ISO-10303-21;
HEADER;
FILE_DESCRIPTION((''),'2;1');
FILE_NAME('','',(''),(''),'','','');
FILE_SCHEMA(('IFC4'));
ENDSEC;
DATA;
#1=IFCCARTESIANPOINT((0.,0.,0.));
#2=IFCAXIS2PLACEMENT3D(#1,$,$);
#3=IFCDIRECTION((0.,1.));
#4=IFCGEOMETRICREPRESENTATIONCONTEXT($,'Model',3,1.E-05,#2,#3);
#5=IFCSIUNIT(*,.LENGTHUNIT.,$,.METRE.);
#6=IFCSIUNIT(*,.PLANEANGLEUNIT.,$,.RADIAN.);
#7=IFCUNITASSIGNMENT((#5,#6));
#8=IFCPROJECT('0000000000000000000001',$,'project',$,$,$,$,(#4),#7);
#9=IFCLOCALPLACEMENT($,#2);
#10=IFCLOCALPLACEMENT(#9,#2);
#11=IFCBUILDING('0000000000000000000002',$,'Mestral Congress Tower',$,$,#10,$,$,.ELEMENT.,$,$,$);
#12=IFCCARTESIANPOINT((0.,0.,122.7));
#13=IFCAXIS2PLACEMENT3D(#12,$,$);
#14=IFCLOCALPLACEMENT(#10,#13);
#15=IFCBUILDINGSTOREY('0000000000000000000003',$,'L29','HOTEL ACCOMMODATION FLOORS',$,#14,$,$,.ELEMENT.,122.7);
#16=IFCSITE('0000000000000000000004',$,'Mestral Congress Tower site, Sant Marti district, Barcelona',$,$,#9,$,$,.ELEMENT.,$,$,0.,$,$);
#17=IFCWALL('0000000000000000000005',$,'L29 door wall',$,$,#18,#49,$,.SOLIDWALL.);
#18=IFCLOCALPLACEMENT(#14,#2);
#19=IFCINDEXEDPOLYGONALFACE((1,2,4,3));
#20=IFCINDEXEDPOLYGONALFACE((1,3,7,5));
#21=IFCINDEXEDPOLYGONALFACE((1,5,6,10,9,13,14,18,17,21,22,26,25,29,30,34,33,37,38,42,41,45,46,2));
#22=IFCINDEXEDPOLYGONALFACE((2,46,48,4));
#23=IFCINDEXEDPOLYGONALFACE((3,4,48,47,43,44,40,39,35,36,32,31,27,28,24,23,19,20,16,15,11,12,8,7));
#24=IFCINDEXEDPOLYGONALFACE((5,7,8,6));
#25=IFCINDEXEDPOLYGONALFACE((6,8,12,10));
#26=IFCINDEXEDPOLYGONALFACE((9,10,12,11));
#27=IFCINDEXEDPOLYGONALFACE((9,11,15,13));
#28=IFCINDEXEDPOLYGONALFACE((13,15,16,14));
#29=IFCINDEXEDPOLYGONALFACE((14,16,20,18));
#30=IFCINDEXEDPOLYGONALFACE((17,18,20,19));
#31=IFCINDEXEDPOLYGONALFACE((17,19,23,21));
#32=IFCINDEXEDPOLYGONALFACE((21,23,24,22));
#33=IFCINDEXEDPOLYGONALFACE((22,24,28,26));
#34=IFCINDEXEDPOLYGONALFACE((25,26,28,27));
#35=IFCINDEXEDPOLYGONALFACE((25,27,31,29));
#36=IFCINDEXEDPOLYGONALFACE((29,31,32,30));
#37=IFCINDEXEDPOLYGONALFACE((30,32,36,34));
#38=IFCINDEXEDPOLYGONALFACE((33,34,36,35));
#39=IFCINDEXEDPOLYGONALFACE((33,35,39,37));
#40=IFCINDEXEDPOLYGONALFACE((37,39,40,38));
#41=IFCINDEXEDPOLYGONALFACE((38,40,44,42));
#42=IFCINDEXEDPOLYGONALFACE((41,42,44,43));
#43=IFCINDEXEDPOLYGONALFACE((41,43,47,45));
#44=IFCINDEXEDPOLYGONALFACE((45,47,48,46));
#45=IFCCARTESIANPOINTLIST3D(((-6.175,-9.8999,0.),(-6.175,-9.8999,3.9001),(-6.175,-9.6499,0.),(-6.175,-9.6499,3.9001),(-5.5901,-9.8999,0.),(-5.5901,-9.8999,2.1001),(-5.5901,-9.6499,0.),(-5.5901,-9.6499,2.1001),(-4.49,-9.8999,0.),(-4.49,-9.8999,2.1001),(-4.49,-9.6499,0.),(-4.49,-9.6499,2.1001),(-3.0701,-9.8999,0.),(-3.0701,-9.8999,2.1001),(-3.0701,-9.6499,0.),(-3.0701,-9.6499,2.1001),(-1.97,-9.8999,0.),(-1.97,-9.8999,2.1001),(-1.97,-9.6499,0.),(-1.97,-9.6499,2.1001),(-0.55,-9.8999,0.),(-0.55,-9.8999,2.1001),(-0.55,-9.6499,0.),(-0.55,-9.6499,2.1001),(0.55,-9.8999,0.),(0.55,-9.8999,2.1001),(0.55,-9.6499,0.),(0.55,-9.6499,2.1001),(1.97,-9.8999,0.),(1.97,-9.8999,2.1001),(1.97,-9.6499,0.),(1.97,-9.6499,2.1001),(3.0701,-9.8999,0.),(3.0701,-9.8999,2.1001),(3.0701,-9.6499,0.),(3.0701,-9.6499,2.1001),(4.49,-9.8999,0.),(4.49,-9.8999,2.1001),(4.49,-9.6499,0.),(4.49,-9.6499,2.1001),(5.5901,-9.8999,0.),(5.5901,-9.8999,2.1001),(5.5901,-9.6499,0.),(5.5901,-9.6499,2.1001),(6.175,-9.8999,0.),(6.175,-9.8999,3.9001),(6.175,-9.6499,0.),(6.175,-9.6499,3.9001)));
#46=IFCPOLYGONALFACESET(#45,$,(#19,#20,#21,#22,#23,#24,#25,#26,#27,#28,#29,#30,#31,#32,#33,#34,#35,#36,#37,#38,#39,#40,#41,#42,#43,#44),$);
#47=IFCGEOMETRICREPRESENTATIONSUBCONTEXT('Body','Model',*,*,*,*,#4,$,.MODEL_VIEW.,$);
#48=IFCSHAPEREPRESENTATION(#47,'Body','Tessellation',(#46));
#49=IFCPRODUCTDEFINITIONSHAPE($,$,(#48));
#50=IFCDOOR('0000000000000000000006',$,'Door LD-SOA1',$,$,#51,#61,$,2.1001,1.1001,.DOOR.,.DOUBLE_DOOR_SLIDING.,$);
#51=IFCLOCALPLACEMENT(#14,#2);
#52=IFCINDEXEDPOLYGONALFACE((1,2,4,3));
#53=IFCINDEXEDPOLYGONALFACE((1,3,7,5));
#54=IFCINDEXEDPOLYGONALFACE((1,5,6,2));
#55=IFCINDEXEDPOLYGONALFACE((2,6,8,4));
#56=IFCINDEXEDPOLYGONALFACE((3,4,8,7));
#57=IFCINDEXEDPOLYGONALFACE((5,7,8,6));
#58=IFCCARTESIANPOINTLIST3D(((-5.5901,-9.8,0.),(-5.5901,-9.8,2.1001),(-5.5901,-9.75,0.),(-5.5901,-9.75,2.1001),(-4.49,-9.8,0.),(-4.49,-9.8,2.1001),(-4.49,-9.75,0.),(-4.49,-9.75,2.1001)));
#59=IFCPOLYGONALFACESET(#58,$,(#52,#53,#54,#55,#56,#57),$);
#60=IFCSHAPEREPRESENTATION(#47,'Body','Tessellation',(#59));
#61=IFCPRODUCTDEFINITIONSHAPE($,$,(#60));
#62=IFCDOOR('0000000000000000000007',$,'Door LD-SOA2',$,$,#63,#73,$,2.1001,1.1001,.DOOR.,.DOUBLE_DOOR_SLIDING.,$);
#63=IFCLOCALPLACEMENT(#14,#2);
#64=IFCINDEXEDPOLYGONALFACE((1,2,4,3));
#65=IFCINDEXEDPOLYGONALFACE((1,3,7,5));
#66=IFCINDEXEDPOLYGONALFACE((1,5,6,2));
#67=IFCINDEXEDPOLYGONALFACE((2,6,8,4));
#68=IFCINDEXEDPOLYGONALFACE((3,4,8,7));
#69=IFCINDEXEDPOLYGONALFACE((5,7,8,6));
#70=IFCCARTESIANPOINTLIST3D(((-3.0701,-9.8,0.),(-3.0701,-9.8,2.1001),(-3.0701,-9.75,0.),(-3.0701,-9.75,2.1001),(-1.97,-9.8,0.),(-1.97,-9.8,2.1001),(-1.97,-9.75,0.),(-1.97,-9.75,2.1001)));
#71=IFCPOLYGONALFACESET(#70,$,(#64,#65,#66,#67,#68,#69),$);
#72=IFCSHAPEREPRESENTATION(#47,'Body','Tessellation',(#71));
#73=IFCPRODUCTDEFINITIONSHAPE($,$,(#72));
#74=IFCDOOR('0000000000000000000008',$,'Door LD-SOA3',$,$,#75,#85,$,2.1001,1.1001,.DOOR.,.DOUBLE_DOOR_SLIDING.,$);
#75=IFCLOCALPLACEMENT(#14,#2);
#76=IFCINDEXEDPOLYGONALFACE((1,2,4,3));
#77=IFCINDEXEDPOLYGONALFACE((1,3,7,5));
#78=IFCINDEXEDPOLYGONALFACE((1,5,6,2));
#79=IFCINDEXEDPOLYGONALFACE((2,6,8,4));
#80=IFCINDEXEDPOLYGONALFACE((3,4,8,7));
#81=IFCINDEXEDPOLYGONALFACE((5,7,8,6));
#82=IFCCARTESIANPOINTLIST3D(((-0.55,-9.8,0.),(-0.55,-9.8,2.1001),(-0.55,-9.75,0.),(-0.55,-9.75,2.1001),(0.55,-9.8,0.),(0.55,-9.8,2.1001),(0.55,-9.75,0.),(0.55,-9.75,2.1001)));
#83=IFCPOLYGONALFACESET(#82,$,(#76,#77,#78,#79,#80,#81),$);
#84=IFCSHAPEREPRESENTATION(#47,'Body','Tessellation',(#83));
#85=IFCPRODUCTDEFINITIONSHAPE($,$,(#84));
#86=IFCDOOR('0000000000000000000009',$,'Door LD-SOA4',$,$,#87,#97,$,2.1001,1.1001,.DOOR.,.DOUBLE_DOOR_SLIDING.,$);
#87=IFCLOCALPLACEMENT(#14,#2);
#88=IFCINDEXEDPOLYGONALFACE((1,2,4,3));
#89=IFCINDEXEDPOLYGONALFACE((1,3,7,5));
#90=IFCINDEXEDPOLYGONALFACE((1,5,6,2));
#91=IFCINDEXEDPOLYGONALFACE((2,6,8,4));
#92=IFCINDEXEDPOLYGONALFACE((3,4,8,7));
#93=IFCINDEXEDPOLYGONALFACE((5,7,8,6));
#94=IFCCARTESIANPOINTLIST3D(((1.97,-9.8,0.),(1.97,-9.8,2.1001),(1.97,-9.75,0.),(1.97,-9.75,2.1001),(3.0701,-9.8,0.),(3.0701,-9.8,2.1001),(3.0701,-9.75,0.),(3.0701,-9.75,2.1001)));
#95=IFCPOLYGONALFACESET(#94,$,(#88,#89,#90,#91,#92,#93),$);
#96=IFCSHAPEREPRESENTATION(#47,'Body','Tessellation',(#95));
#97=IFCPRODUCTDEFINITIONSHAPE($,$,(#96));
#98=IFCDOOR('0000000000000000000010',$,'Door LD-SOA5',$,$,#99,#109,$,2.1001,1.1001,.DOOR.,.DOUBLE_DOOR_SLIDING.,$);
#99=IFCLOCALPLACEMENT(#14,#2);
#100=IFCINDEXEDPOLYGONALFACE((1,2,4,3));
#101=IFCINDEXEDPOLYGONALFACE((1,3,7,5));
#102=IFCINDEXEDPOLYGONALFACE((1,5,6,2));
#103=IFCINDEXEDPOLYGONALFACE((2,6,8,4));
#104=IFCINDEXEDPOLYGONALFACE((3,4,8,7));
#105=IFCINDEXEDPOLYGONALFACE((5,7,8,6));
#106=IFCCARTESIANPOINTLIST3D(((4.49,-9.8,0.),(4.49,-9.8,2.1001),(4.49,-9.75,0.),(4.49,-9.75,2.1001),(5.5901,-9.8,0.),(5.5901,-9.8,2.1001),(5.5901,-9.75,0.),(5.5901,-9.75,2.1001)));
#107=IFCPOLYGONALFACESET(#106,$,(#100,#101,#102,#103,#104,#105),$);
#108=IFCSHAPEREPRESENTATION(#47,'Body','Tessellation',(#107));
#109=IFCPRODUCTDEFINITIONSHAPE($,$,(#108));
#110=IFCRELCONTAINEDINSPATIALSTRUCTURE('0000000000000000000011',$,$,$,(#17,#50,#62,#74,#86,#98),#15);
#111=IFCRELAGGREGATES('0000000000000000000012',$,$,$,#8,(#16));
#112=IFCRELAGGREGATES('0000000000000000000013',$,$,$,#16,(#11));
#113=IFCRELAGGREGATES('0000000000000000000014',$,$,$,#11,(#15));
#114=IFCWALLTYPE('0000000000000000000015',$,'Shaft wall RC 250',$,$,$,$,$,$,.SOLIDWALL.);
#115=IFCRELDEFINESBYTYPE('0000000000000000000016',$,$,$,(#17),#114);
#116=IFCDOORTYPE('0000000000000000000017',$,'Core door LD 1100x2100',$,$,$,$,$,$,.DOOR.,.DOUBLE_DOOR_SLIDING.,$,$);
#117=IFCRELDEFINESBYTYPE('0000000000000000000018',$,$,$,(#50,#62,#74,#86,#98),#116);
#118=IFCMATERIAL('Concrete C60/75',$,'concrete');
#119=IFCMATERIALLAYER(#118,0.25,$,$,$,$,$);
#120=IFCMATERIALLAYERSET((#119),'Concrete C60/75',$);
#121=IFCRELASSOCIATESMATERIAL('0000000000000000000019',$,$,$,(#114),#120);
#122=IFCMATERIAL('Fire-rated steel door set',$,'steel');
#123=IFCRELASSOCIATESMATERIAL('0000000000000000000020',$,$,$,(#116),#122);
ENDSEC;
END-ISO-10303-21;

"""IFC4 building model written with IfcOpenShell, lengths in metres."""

from ifc_helpers import new_model, si_unit, direction, frame, frame_2d, origin, place, context, subcontext, project, spatial, rectangle, extrude, material, layer, layer_set, type_object, element, fill, save


model = new_model("IFC4")

# Units and contexts
model_context = context("Model", 3, precision=1e-05, world=origin(), true_north=direction((0.0, 1.0)))
body_context = subcontext(model_context, "Body", "Model", "MODEL_VIEW")
ifc_project = project(units=[si_unit("LENGTHUNIT", "METRE"), si_unit("PLANEANGLEUNIT", "RADIAN")], contexts=[model_context])

# Site, building, storey
site_placement = place(None, origin())
site = spatial("IfcSite", under=ifc_project, at=site_placement, Name="Mestral Congress Tower site, Sant Marti district, Barcelona", CompositionType="ELEMENT", RefElevation=0.0)
building_placement = place(site_placement, origin())
building = spatial("IfcBuilding", under=site, at=building_placement, Name="Mestral Congress Tower", CompositionType="ELEMENT")
storey_placement = place(building_placement, frame((0.0, 0.0, 122.7)))
storey = spatial("IfcBuildingStorey", under=building, at=storey_placement, Name="L29", Description="HOTEL ACCOMMODATION FLOORS", CompositionType="ELEMENT", Elevation=122.7)

# Shared definitions
ifc_material_1 = material(Name="Fire-rated steel door set", Category="steel")

# Shared definitions
ifc_material_2 = material(Name="Concrete C60/75", Category="concrete")
ifc_layer_1 = layer(ifc_material_2, 0.25)
ifc_layer_set_1 = layer_set([ifc_layer_1], Name="Concrete C60/75")
wall_type_1 = type_object("IfcWallType", Name="Shaft wall RC 250", PredefinedType="SOLIDWALL", material=ifc_layer_set_1)

# Wall, openings, doors
wall_1_placement = place(storey_placement, frame((-6.175, -9.7749, 0.0), z_axis=(0.0, 0.0, 1.0), x_axis=(1.0, 0.0, 0.0)))
wall_1 = element("IfcWall", 1, at=wall_1_placement, inside=storey, type_object=wall_type_1, Name="L29 door wall", PredefinedType="SOLIDWALL", context=body_context, shape_type="SweptSolid", body=[
    extrude(rectangle(XDim=12.3501, YDim=0.25, at=frame_2d((6.175, 0.0))), origin(), (0.0, 0.0, 1.0), 3.9001),
])
opening_1_placement = place(wall_1_placement, frame((0.585, 0.0, 0.0)))
opening_1 = element("IfcOpeningElement", 2, at=opening_1_placement, cuts=wall_1, PredefinedType="OPENING", context=body_context, shape_type="SweptSolid", body=[
    extrude(rectangle(XDim=1.1001, YDim=2.1001, at=frame_2d((0.55, 1.05))), frame((0.0, 0.135, 0.0), z_axis=(0.0, -1.0, 0.0), x_axis=(1.0, 0.0, 0.0)), (0.0, 0.0, 1.0), 0.27),
])
opening_2_placement = place(wall_1_placement, frame((3.105, 0.0, 0.0)))
opening_2 = element("IfcOpeningElement", 3, at=opening_2_placement, cuts=wall_1, PredefinedType="OPENING", context=body_context, shape_type="SweptSolid", body=[
    extrude(rectangle(XDim=1.1001, YDim=2.1001, at=frame_2d((0.55, 1.05))), frame((0.0, 0.135, 0.0), z_axis=(0.0, -1.0, 0.0), x_axis=(1.0, 0.0, 0.0)), (0.0, 0.0, 1.0), 0.27),
])
opening_3_placement = place(wall_1_placement, frame((5.625, 0.0, 0.0)))
opening_3 = element("IfcOpeningElement", 4, at=opening_3_placement, cuts=wall_1, PredefinedType="OPENING", context=body_context, shape_type="SweptSolid", body=[
    extrude(rectangle(XDim=1.1001, YDim=2.1001, at=frame_2d((0.55, 1.05))), frame((0.0, 0.135, 0.0), z_axis=(0.0, -1.0, 0.0), x_axis=(1.0, 0.0, 0.0)), (0.0, 0.0, 1.0), 0.27),
])
opening_4_placement = place(wall_1_placement, frame((8.145, 0.0, 0.0)))
opening_4 = element("IfcOpeningElement", 5, at=opening_4_placement, cuts=wall_1, PredefinedType="OPENING", context=body_context, shape_type="SweptSolid", body=[
    extrude(rectangle(XDim=1.1001, YDim=2.1001, at=frame_2d((0.55, 1.05))), frame((0.0, 0.135, 0.0), z_axis=(0.0, -1.0, 0.0), x_axis=(1.0, 0.0, 0.0)), (0.0, 0.0, 1.0), 0.27),
])
opening_5_placement = place(wall_1_placement, frame((10.665, 0.0, 0.0)))
opening_5 = element("IfcOpeningElement", 6, at=opening_5_placement, cuts=wall_1, PredefinedType="OPENING", context=body_context, shape_type="SweptSolid", body=[
    extrude(rectangle(XDim=1.1001, YDim=2.1001, at=frame_2d((0.55, 1.05))), frame((0.0, 0.135, 0.0), z_axis=(0.0, -1.0, 0.0), x_axis=(1.0, 0.0, 0.0)), (0.0, 0.0, 1.0), 0.27),
])
door_type_1 = type_object("IfcDoorType", Name="Core door LD 1100x2100", OperationType="DOUBLE_DOOR_SLIDING", PredefinedType="DOOR", material=ifc_material_1)
door_1_placement = place(opening_1_placement, origin())
door_1 = element("IfcDoor", 7, at=door_1_placement, inside=storey, type_object=door_type_1, Name="Door LD-SOA1", OperationType="DOUBLE_DOOR_SLIDING", OverallHeight=2.1001, OverallWidth=1.1001, PredefinedType="DOOR", context=body_context, shape_type="SweptSolid", body=[
    extrude(rectangle(XDim=1.1001, YDim=2.1001, at=frame_2d((0.55, 1.05))), frame((0.0, 0.0249, 0.0), z_axis=(0.0, -1.0, 0.0), x_axis=(1.0, 0.0, 0.0)), (0.0, 0.0, 1.0), 0.05),
])
fill(opening_1, door_1)
door_2_placement = place(opening_2_placement, origin())
door_2 = element("IfcDoor", 8, at=door_2_placement, inside=storey, type_object=door_type_1, Name="Door LD-SOA2", OperationType="DOUBLE_DOOR_SLIDING", OverallHeight=2.1001, OverallWidth=1.1001, PredefinedType="DOOR", context=body_context, shape_type="SweptSolid", body=[
    extrude(rectangle(XDim=1.1001, YDim=2.1001, at=frame_2d((0.55, 1.05))), frame((0.0, 0.0249, 0.0), z_axis=(0.0, -1.0, 0.0), x_axis=(1.0, 0.0, 0.0)), (0.0, 0.0, 1.0), 0.05),
])
fill(opening_2, door_2)
door_3_placement = place(opening_3_placement, origin())
door_3 = element("IfcDoor", 9, at=door_3_placement, inside=storey, type_object=door_type_1, Name="Door LD-SOA3", OperationType="DOUBLE_DOOR_SLIDING", OverallHeight=2.1001, OverallWidth=1.1001, PredefinedType="DOOR", context=body_context, shape_type="SweptSolid", body=[
    extrude(rectangle(XDim=1.1001, YDim=2.1001, at=frame_2d((0.55, 1.05))), frame((0.0, 0.0249, 0.0), z_axis=(0.0, -1.0, 0.0), x_axis=(1.0, 0.0, 0.0)), (0.0, 0.0, 1.0), 0.05),
])
fill(opening_3, door_3)
door_4_placement = place(opening_4_placement, origin())
door_4 = element("IfcDoor", 10, at=door_4_placement, inside=storey, type_object=door_type_1, Name="Door LD-SOA4", OperationType="DOUBLE_DOOR_SLIDING", OverallHeight=2.1001, OverallWidth=1.1001, PredefinedType="DOOR", context=body_context, shape_type="SweptSolid", body=[
    extrude(rectangle(XDim=1.1001, YDim=2.1001, at=frame_2d((0.55, 1.05))), frame((0.0, 0.0249, 0.0), z_axis=(0.0, -1.0, 0.0), x_axis=(1.0, 0.0, 0.0)), (0.0, 0.0, 1.0), 0.05),
])
fill(opening_4, door_4)
door_5_placement = place(opening_5_placement, origin())
door_5 = element("IfcDoor", 11, at=door_5_placement, inside=storey, type_object=door_type_1, Name="Door LD-SOA5", OperationType="DOUBLE_DOOR_SLIDING", OverallHeight=2.1001, OverallWidth=1.1001, PredefinedType="DOOR", context=body_context, shape_type="SweptSolid", body=[
    extrude(rectangle(XDim=1.1001, YDim=2.1001, at=frame_2d((0.55, 1.05))), frame((0.0, 0.0249, 0.0), z_axis=(0.0, -1.0, 0.0), x_axis=(1.0, 0.0, 0.0)), (0.0, 0.0, 1.0), 0.05),
])
fill(opening_5, door_5)

save(model, "model.ifc")
